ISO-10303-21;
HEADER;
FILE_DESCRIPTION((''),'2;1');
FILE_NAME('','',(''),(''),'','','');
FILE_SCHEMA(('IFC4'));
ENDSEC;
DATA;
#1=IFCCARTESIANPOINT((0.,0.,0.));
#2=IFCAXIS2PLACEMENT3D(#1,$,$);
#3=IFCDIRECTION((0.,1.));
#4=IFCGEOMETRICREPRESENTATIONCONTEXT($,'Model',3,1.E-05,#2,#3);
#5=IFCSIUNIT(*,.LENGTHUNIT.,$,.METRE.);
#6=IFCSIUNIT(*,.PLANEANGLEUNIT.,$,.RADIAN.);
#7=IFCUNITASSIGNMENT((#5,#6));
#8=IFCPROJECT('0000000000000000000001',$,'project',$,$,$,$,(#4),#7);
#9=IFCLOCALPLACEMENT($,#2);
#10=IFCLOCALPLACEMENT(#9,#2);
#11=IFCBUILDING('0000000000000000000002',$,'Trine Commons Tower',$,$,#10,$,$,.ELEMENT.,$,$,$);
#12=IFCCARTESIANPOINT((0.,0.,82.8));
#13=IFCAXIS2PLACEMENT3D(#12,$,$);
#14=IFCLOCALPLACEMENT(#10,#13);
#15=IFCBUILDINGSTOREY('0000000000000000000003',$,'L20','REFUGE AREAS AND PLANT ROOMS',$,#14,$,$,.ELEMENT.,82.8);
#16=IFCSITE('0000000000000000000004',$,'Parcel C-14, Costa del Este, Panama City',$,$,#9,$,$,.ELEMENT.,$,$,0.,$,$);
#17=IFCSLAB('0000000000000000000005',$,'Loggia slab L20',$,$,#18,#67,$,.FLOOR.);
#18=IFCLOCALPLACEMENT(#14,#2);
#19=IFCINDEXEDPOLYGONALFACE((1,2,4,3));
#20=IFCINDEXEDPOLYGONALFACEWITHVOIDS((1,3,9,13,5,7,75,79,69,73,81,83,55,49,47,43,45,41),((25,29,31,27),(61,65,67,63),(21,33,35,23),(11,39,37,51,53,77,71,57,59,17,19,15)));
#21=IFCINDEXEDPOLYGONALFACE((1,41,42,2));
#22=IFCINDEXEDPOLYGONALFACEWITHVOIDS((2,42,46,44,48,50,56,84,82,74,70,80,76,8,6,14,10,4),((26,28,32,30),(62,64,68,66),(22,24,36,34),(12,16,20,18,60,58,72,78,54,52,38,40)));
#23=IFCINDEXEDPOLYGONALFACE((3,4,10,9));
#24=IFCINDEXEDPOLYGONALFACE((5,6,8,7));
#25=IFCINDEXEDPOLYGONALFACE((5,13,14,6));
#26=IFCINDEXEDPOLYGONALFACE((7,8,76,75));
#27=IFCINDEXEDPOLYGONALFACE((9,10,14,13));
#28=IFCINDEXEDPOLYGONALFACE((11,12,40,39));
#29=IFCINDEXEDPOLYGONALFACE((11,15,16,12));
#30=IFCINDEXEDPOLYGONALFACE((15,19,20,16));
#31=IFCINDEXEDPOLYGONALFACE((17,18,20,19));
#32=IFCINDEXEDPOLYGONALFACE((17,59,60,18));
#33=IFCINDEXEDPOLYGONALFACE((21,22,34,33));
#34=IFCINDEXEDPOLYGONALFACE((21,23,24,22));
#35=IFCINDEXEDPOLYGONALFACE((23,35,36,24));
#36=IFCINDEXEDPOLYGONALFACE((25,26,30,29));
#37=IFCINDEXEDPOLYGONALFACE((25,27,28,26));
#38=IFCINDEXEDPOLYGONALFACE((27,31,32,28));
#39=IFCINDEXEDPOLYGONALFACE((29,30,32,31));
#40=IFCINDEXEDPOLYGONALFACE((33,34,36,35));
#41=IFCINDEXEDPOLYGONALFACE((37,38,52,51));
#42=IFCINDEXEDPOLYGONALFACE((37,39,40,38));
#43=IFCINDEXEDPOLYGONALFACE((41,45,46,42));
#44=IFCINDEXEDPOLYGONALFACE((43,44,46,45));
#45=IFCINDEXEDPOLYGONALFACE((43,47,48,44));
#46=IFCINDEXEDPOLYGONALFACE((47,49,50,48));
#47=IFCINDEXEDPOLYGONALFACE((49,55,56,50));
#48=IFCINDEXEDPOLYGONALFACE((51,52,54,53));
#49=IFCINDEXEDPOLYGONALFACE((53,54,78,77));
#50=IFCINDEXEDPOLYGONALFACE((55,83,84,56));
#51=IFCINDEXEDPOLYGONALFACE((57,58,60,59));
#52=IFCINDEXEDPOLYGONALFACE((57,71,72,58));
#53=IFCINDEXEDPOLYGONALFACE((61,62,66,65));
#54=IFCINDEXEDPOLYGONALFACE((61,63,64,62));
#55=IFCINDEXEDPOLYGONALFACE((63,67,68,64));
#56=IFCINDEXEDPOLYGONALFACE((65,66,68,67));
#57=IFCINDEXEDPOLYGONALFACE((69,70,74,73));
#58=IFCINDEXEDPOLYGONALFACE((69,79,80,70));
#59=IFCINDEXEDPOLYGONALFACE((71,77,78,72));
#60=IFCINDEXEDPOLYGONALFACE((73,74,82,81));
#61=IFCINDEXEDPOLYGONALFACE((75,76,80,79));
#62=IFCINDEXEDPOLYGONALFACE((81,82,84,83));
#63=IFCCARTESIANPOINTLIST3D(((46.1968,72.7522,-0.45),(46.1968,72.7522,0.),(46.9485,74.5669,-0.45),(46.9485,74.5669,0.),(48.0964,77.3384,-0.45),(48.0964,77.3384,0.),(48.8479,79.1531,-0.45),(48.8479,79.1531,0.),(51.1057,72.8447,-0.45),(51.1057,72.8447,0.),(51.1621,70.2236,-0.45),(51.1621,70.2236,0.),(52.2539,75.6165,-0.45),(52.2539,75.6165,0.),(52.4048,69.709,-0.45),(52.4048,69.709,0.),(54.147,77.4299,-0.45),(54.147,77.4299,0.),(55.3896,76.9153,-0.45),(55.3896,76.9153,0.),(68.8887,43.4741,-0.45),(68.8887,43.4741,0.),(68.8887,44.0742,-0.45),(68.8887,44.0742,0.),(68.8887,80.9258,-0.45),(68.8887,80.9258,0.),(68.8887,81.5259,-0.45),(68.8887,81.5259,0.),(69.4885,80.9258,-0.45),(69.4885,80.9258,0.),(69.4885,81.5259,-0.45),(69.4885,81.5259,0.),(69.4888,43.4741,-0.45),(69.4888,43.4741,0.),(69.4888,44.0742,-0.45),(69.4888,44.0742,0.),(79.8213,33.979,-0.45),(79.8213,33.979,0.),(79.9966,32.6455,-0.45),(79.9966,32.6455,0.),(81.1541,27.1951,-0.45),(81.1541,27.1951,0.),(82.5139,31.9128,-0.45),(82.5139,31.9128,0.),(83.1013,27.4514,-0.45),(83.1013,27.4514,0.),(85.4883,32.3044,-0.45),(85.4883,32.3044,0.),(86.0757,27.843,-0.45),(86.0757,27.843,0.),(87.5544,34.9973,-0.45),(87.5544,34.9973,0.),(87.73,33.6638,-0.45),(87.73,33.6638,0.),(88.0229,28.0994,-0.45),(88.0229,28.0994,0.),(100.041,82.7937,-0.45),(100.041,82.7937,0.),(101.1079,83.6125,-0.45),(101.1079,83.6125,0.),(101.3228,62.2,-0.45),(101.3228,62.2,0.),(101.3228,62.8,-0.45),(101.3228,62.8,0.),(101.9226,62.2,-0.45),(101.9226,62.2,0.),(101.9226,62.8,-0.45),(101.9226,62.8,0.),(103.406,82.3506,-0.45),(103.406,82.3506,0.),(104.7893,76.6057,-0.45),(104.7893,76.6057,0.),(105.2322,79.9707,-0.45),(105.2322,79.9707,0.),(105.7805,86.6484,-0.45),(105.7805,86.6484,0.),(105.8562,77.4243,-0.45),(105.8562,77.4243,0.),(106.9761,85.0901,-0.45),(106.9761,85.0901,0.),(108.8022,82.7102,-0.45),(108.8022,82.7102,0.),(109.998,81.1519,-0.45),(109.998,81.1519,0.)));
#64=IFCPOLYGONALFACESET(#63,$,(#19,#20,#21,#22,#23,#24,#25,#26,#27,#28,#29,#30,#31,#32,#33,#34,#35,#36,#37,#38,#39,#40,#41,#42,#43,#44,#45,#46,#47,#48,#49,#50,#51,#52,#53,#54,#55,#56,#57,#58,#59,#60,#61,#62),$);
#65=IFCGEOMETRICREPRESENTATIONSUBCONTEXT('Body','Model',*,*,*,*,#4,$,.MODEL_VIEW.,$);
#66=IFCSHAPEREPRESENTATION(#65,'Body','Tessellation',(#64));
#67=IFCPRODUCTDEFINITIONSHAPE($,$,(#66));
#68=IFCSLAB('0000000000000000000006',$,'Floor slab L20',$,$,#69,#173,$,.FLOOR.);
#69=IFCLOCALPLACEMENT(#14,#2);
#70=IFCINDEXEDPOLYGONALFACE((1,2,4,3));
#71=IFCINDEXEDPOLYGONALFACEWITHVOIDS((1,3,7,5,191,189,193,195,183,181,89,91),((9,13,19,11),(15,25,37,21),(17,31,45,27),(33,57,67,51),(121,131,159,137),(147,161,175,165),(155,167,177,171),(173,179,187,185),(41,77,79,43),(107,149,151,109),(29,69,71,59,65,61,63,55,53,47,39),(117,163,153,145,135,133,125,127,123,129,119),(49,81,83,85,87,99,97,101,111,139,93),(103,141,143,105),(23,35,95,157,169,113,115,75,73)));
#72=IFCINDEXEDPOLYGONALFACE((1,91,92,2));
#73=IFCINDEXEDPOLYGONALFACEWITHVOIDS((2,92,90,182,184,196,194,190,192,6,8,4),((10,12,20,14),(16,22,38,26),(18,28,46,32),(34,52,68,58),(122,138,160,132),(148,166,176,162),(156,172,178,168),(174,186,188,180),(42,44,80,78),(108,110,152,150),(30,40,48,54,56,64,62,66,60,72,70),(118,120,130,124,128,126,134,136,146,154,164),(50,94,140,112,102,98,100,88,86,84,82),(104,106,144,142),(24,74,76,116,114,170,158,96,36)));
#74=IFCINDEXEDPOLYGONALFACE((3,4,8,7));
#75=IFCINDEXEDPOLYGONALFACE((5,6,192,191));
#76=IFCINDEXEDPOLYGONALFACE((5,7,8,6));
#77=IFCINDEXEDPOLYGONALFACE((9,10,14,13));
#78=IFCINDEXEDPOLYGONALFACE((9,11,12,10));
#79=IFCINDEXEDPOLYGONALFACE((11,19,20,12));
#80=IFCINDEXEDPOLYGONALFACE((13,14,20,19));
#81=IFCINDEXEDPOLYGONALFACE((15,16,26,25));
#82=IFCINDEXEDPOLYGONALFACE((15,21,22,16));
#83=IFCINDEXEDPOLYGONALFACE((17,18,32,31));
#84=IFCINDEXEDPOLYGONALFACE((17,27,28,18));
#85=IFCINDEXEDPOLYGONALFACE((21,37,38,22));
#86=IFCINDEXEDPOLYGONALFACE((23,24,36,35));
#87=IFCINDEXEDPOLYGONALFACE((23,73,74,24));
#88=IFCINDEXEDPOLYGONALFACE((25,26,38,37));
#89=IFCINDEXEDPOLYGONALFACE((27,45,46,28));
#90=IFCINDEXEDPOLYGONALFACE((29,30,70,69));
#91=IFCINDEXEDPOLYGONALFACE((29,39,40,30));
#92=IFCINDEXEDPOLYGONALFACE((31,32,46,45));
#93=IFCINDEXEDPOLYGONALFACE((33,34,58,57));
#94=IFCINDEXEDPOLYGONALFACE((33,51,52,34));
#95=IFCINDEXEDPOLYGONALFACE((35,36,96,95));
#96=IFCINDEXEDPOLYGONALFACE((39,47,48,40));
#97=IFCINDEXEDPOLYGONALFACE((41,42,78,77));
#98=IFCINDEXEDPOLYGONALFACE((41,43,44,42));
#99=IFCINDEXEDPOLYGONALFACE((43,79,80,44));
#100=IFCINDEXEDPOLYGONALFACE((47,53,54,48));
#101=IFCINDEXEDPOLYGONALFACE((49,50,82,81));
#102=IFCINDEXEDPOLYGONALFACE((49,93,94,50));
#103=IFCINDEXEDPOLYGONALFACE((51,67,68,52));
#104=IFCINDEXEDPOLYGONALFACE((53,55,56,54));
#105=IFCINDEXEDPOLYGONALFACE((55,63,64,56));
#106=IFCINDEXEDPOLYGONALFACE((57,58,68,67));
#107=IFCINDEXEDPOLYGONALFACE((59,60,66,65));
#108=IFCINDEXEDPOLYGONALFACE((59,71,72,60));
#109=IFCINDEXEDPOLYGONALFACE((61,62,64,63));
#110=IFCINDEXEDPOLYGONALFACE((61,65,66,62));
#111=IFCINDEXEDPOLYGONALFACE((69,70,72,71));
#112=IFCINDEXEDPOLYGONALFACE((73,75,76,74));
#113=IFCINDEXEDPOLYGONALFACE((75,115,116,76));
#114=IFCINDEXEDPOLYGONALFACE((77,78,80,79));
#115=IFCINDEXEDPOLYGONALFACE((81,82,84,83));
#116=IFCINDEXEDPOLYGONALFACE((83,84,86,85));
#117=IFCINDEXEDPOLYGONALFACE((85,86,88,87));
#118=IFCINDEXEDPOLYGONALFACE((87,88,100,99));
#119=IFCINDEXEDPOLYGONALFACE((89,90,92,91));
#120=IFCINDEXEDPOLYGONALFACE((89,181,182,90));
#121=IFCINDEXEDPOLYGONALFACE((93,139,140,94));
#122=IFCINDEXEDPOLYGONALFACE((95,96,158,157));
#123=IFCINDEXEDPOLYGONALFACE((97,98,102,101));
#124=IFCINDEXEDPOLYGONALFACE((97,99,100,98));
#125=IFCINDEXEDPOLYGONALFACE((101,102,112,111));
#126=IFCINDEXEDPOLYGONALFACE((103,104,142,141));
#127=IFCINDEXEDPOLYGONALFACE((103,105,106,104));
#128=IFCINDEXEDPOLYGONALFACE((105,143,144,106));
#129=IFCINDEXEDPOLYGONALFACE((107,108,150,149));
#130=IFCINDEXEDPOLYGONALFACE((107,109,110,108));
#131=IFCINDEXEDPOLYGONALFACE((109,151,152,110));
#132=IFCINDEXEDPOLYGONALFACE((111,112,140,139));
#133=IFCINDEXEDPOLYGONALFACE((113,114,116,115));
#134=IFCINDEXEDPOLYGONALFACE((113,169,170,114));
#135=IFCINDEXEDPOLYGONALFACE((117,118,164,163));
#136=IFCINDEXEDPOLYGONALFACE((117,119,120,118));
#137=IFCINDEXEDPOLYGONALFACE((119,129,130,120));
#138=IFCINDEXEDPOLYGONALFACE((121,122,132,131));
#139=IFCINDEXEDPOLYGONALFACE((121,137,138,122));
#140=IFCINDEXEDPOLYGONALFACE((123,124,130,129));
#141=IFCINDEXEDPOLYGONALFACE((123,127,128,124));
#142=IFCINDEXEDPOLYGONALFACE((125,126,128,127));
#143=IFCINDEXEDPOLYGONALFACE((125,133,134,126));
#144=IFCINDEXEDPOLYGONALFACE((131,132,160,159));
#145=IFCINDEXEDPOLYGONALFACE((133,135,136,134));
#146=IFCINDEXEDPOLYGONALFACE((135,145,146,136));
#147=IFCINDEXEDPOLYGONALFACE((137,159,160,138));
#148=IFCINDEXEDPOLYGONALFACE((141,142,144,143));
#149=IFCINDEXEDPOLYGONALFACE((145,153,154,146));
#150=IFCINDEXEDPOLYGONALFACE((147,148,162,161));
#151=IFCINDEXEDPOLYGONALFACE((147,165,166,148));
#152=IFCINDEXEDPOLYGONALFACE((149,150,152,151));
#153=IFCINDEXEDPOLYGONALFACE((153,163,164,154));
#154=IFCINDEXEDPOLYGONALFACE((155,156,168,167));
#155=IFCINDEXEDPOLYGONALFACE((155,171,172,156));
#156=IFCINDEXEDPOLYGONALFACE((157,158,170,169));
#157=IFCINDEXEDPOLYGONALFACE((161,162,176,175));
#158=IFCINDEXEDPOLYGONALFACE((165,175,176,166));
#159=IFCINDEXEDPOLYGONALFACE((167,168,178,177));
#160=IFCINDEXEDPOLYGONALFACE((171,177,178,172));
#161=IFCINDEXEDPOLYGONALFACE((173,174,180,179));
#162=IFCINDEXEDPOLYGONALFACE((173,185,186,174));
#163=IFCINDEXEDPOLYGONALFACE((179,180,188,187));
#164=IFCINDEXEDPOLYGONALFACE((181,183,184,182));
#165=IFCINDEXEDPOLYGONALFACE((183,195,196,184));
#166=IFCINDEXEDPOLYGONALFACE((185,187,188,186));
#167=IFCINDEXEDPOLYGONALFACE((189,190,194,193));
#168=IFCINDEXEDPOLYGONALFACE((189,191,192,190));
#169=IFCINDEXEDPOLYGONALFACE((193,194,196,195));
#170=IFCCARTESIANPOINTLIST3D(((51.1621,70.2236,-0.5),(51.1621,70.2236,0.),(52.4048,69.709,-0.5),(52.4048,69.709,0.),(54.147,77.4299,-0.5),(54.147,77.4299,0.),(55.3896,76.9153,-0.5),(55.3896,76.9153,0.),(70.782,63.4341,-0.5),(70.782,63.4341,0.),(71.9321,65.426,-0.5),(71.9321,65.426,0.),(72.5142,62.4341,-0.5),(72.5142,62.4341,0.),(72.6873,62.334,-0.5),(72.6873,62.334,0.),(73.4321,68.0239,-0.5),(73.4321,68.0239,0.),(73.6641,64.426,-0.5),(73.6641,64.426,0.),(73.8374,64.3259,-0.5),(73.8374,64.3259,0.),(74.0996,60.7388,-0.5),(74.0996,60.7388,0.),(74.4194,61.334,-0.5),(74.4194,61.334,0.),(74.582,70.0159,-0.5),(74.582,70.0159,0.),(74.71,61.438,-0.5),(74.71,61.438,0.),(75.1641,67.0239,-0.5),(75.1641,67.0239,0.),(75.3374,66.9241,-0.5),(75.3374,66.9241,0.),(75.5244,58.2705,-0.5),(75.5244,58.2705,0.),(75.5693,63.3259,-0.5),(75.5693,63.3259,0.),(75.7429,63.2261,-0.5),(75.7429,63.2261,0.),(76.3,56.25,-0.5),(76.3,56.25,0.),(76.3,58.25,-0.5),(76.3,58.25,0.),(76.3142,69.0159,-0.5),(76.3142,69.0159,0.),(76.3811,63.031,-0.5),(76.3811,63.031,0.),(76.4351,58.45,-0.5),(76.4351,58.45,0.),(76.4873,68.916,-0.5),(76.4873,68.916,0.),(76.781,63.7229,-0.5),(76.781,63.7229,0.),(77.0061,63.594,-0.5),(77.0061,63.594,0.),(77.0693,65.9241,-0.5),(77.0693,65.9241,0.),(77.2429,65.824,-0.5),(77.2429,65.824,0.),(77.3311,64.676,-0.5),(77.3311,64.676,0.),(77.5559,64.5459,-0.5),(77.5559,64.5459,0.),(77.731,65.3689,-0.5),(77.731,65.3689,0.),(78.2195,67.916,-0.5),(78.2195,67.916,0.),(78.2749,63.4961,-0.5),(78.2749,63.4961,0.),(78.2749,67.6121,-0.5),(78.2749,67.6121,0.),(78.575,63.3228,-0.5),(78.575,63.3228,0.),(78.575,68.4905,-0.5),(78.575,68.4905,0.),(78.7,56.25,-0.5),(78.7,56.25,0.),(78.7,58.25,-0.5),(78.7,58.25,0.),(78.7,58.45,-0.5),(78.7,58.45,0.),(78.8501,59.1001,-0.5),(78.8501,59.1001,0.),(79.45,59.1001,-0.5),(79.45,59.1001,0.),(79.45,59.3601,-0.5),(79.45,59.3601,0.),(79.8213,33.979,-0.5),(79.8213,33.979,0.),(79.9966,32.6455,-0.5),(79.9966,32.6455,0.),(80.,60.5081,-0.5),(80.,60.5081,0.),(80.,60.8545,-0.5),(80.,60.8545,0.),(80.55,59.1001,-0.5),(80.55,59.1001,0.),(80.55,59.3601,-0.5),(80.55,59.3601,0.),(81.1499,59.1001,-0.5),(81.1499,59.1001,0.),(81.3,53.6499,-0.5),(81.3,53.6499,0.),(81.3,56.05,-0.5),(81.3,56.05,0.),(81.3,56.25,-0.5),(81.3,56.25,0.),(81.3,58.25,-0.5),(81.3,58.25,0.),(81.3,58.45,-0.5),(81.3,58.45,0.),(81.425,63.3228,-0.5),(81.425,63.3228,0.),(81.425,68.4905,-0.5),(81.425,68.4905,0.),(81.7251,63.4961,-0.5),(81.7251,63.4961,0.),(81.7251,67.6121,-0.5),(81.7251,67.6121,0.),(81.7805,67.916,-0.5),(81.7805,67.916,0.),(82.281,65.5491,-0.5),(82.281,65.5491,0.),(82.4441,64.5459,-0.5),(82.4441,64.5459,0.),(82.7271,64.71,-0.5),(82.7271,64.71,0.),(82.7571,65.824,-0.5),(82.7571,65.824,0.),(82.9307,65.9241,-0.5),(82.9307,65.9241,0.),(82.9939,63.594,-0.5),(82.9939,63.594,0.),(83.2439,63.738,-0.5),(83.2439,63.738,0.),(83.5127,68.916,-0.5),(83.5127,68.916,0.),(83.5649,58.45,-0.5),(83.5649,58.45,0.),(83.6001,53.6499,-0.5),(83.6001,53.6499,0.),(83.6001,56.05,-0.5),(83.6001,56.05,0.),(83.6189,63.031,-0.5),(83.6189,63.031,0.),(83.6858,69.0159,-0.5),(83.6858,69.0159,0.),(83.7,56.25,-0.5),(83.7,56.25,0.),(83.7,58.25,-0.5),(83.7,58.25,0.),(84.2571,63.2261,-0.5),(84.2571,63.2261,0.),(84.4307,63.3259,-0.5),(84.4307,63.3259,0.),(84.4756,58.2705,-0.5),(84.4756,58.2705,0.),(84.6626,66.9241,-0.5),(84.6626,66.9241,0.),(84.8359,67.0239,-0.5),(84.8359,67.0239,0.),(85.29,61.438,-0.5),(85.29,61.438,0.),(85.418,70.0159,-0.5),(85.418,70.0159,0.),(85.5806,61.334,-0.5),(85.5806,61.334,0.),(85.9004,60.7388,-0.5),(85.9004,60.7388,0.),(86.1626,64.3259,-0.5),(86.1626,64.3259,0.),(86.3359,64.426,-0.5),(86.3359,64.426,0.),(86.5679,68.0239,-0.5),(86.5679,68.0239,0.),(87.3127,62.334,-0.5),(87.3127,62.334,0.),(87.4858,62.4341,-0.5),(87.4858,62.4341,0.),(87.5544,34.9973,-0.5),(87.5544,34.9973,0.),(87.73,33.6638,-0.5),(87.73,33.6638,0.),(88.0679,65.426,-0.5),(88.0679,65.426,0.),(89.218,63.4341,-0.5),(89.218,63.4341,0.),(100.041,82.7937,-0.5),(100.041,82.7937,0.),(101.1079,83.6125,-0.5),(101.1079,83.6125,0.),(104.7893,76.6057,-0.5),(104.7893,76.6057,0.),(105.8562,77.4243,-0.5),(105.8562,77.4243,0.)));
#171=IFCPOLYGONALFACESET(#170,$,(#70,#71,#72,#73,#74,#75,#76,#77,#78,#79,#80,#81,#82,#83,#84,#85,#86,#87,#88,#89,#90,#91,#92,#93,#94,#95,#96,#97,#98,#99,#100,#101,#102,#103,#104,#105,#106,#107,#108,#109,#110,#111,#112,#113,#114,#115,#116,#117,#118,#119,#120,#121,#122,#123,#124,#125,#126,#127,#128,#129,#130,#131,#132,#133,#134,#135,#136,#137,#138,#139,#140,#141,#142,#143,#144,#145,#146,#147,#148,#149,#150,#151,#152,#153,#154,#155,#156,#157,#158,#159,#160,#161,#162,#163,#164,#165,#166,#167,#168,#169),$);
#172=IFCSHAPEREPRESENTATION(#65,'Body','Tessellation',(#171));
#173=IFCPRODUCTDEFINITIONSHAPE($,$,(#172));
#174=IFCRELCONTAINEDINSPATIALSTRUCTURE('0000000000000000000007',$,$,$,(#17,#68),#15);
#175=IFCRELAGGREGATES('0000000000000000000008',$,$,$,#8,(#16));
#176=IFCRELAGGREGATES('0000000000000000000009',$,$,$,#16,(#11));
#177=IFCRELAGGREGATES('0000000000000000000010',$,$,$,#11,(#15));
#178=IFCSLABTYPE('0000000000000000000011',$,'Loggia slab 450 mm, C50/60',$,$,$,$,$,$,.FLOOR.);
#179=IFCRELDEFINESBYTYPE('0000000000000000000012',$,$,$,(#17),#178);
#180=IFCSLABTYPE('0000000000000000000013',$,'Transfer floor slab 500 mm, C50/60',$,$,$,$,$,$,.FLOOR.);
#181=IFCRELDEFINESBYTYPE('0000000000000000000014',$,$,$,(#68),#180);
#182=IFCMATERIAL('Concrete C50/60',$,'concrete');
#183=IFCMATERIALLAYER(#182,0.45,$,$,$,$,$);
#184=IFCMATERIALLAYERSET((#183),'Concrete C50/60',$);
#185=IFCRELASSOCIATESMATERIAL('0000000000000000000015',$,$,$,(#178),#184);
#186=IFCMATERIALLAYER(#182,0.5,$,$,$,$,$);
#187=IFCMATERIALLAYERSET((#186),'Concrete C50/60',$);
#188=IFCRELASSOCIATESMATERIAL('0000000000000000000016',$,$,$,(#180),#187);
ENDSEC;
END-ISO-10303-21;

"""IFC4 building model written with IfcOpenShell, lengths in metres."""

from ifc_helpers import new_model, si_unit, direction, frame, origin, place, context, subcontext, project, spatial, polyline, outline, extrude, material, layer, layer_set, type_object, element, save


model = new_model("IFC4")

# Units and contexts
model_context = context("Model", 3, precision=1e-05, world=origin(), true_north=direction((0.0, 1.0)))
body_context = subcontext(model_context, "Body", "Model", "MODEL_VIEW")
ifc_project = project(units=[si_unit("LENGTHUNIT", "METRE"), si_unit("PLANEANGLEUNIT", "RADIAN")], contexts=[model_context])

# Site, building, storey
site_placement = place(None, origin())
site = spatial("IfcSite", under=ifc_project, at=site_placement, Name="Parcel C-14, Costa del Este, Panama City", CompositionType="ELEMENT", RefElevation=0.0)
building_placement = place(site_placement, origin())
building = spatial("IfcBuilding", under=site, at=building_placement, Name="Trine Commons Tower", CompositionType="ELEMENT")
storey_placement = place(building_placement, frame((0.0, 0.0, 82.8)))
storey = spatial("IfcBuildingStorey", under=building, at=storey_placement, Name="L20", Description="REFUGE AREAS AND PLANT ROOMS", CompositionType="ELEMENT", Elevation=82.8)

# Slabs
ifc_material_1 = material(Name="Concrete C50/60", Category="concrete")
ifc_layer_1 = layer(ifc_material_1, 0.45)
ifc_layer_set_1 = layer_set([ifc_layer_1], Name="Concrete C50/60")
slab_type_1 = type_object("IfcSlabType", Name="Loggia slab 450 mm, C50/60", PredefinedType="FLOOR", material=ifc_layer_set_1)
slab_1_placement = place(storey_placement, frame((0.0, 0.0, -0.45)))
element("IfcSlab", 1, at=slab_1_placement, inside=storey, type_object=slab_type_1, Name="Loggia slab L20", PredefinedType="FLOOR", context=body_context, shape_type="SweptSolid", body=[
    extrude(outline(polyline([(86.0757, 27.843), (88.0229, 28.0994), (109.998, 81.1519), (108.8022, 82.7102), (105.2322, 79.9707), (103.406, 82.3506), (106.9761, 85.0901), (105.7805, 86.6484), (48.8479, 79.1531), (48.0964, 77.3384), (52.2539, 75.6165), (51.1057, 72.8447), (46.9485, 74.5669), (46.1968, 72.7522), (81.1541, 27.1951), (83.1013, 27.4514), (82.5139, 31.9128), (85.4883, 32.3044), (86.0757, 27.843)]), holes=[polyline([(79.8213, 33.979), (87.5544, 34.9973), (87.73, 33.6638), (105.8562, 77.4243), (104.7893, 76.6057), (100.041, 82.7937), (101.1079, 83.6125), (54.147, 77.4299), (55.3896, 76.9153), (52.4048, 69.709), (51.1621, 70.2236), (79.9966, 32.6455), (79.8213, 33.979)]), polyline([(69.4888, 44.0742), (68.8887, 44.0742), (68.8887, 43.4741), (69.4888, 43.4741), (69.4888, 44.0742)]), polyline([(101.9226, 62.2), (101.9226, 62.8), (101.3228, 62.8), (101.3228, 62.2), (101.9226, 62.2)]), polyline([(69.4885, 80.9258), (69.4885, 81.5259), (68.8887, 81.5259), (68.8887, 80.9258), (69.4885, 80.9258)])]), origin(), (0.0, 0.0, 1.0), 0.45),
])
ifc_layer_2 = layer(ifc_material_1, 0.5)
ifc_layer_set_2 = layer_set([ifc_layer_2], Name="Concrete C50/60")
slab_type_2 = type_object("IfcSlabType", Name="Transfer floor slab 500 mm, C50/60", PredefinedType="FLOOR", material=ifc_layer_set_2)
slab_2_placement = place(storey_placement, frame((0.0, 0.0, -0.5)))
element("IfcSlab", 2, at=slab_2_placement, inside=storey, type_object=slab_type_2, Name="Floor slab L20", PredefinedType="FLOOR", context=body_context, shape_type="SweptSolid", body=[
    extrude(outline(polyline([(51.1621, 70.2236), (79.9966, 32.6455), (79.8213, 33.979), (87.5544, 34.9973), (87.73, 33.6638), (105.8562, 77.4243), (104.7893, 76.6057), (100.041, 82.7937), (101.1079, 83.6125), (54.147, 77.4299), (55.3896, 76.9153), (52.4048, 69.709), (51.1621, 70.2236)]), holes=[polyline([(76.3, 56.25), (78.7, 56.25), (78.7, 58.25), (76.3, 58.25), (76.3, 56.25)]), polyline([(81.1499, 59.1001), (81.3, 58.45), (83.5649, 58.45), (80.0, 60.5081), (76.4351, 58.45), (78.7, 58.45), (78.8501, 59.1001), (79.45, 59.1001), (79.45, 59.3601), (80.55, 59.3601), (80.55, 59.1001), (81.1499, 59.1001)]), polyline([(80.0, 60.8545), (84.4756, 58.2705), (85.9004, 60.7388), (81.425, 63.3228), (81.425, 68.4905), (78.575, 68.4905), (78.575, 63.3228), (74.0996, 60.7388), (75.5244, 58.2705), (80.0, 60.8545)]), polyline([(73.8374, 64.3259), (72.6873, 62.334), (74.4194, 61.334), (75.5693, 63.3259), (73.8374, 64.3259)]), polyline([(71.9321, 65.426), (70.782, 63.4341), (72.5142, 62.4341), (73.6641, 64.426), (71.9321, 65.426)]), polyline([(76.781, 63.7229), (76.3811, 63.031), (75.7429, 63.2261), (74.71, 61.438), (78.2749, 63.4961), (78.2749, 67.6121), (77.2429, 65.824), (77.731, 65.3689), (77.3311, 64.676), (77.5559, 64.5459), (77.0061, 63.594), (76.781, 63.7229)]), polyline([(76.4873, 68.916), (75.3374, 66.9241), (77.0693, 65.9241), (78.2195, 67.916), (76.4873, 68.916)]), polyline([(74.582, 70.0159), (73.4321, 68.0239), (75.1641, 67.0239), (76.3142, 69.0159), (74.582, 70.0159)]), polyline([(81.3, 53.6499), (83.6001, 53.6499), (83.6001, 56.05), (81.3, 56.05), (81.3, 53.6499)]), polyline([(81.3, 56.25), (83.7, 56.25), (83.7, 58.25), (81.3, 58.25), (81.3, 56.25)]), polyline([(87.3127, 62.334), (86.1626, 64.3259), (84.4307, 63.3259), (85.5806, 61.334), (87.3127, 62.334)]), polyline([(89.218, 63.4341), (88.0679, 65.426), (86.3359, 64.426), (87.4858, 62.4341), (89.218, 63.4341)]), polyline([(83.2439, 63.738), (82.9939, 63.594), (82.4441, 64.5459), (82.7271, 64.71), (82.281, 65.5491), (82.7571, 65.824), (81.7251, 67.6121), (81.7251, 63.4961), (85.29, 61.438), (84.2571, 63.2261), (83.6189, 63.031), (83.2439, 63.738)]), polyline([(82.9307, 65.9241), (84.6626, 66.9241), (83.5127, 68.916), (81.7805, 67.916), (82.9307, 65.9241)]), polyline([(84.8359, 67.0239), (86.5679, 68.0239), (85.418, 70.0159), (83.6858, 69.0159), (84.8359, 67.0239)])]), origin(), (0.0, 0.0, 1.0), 0.5),
])

save(model, "model.ifc")
